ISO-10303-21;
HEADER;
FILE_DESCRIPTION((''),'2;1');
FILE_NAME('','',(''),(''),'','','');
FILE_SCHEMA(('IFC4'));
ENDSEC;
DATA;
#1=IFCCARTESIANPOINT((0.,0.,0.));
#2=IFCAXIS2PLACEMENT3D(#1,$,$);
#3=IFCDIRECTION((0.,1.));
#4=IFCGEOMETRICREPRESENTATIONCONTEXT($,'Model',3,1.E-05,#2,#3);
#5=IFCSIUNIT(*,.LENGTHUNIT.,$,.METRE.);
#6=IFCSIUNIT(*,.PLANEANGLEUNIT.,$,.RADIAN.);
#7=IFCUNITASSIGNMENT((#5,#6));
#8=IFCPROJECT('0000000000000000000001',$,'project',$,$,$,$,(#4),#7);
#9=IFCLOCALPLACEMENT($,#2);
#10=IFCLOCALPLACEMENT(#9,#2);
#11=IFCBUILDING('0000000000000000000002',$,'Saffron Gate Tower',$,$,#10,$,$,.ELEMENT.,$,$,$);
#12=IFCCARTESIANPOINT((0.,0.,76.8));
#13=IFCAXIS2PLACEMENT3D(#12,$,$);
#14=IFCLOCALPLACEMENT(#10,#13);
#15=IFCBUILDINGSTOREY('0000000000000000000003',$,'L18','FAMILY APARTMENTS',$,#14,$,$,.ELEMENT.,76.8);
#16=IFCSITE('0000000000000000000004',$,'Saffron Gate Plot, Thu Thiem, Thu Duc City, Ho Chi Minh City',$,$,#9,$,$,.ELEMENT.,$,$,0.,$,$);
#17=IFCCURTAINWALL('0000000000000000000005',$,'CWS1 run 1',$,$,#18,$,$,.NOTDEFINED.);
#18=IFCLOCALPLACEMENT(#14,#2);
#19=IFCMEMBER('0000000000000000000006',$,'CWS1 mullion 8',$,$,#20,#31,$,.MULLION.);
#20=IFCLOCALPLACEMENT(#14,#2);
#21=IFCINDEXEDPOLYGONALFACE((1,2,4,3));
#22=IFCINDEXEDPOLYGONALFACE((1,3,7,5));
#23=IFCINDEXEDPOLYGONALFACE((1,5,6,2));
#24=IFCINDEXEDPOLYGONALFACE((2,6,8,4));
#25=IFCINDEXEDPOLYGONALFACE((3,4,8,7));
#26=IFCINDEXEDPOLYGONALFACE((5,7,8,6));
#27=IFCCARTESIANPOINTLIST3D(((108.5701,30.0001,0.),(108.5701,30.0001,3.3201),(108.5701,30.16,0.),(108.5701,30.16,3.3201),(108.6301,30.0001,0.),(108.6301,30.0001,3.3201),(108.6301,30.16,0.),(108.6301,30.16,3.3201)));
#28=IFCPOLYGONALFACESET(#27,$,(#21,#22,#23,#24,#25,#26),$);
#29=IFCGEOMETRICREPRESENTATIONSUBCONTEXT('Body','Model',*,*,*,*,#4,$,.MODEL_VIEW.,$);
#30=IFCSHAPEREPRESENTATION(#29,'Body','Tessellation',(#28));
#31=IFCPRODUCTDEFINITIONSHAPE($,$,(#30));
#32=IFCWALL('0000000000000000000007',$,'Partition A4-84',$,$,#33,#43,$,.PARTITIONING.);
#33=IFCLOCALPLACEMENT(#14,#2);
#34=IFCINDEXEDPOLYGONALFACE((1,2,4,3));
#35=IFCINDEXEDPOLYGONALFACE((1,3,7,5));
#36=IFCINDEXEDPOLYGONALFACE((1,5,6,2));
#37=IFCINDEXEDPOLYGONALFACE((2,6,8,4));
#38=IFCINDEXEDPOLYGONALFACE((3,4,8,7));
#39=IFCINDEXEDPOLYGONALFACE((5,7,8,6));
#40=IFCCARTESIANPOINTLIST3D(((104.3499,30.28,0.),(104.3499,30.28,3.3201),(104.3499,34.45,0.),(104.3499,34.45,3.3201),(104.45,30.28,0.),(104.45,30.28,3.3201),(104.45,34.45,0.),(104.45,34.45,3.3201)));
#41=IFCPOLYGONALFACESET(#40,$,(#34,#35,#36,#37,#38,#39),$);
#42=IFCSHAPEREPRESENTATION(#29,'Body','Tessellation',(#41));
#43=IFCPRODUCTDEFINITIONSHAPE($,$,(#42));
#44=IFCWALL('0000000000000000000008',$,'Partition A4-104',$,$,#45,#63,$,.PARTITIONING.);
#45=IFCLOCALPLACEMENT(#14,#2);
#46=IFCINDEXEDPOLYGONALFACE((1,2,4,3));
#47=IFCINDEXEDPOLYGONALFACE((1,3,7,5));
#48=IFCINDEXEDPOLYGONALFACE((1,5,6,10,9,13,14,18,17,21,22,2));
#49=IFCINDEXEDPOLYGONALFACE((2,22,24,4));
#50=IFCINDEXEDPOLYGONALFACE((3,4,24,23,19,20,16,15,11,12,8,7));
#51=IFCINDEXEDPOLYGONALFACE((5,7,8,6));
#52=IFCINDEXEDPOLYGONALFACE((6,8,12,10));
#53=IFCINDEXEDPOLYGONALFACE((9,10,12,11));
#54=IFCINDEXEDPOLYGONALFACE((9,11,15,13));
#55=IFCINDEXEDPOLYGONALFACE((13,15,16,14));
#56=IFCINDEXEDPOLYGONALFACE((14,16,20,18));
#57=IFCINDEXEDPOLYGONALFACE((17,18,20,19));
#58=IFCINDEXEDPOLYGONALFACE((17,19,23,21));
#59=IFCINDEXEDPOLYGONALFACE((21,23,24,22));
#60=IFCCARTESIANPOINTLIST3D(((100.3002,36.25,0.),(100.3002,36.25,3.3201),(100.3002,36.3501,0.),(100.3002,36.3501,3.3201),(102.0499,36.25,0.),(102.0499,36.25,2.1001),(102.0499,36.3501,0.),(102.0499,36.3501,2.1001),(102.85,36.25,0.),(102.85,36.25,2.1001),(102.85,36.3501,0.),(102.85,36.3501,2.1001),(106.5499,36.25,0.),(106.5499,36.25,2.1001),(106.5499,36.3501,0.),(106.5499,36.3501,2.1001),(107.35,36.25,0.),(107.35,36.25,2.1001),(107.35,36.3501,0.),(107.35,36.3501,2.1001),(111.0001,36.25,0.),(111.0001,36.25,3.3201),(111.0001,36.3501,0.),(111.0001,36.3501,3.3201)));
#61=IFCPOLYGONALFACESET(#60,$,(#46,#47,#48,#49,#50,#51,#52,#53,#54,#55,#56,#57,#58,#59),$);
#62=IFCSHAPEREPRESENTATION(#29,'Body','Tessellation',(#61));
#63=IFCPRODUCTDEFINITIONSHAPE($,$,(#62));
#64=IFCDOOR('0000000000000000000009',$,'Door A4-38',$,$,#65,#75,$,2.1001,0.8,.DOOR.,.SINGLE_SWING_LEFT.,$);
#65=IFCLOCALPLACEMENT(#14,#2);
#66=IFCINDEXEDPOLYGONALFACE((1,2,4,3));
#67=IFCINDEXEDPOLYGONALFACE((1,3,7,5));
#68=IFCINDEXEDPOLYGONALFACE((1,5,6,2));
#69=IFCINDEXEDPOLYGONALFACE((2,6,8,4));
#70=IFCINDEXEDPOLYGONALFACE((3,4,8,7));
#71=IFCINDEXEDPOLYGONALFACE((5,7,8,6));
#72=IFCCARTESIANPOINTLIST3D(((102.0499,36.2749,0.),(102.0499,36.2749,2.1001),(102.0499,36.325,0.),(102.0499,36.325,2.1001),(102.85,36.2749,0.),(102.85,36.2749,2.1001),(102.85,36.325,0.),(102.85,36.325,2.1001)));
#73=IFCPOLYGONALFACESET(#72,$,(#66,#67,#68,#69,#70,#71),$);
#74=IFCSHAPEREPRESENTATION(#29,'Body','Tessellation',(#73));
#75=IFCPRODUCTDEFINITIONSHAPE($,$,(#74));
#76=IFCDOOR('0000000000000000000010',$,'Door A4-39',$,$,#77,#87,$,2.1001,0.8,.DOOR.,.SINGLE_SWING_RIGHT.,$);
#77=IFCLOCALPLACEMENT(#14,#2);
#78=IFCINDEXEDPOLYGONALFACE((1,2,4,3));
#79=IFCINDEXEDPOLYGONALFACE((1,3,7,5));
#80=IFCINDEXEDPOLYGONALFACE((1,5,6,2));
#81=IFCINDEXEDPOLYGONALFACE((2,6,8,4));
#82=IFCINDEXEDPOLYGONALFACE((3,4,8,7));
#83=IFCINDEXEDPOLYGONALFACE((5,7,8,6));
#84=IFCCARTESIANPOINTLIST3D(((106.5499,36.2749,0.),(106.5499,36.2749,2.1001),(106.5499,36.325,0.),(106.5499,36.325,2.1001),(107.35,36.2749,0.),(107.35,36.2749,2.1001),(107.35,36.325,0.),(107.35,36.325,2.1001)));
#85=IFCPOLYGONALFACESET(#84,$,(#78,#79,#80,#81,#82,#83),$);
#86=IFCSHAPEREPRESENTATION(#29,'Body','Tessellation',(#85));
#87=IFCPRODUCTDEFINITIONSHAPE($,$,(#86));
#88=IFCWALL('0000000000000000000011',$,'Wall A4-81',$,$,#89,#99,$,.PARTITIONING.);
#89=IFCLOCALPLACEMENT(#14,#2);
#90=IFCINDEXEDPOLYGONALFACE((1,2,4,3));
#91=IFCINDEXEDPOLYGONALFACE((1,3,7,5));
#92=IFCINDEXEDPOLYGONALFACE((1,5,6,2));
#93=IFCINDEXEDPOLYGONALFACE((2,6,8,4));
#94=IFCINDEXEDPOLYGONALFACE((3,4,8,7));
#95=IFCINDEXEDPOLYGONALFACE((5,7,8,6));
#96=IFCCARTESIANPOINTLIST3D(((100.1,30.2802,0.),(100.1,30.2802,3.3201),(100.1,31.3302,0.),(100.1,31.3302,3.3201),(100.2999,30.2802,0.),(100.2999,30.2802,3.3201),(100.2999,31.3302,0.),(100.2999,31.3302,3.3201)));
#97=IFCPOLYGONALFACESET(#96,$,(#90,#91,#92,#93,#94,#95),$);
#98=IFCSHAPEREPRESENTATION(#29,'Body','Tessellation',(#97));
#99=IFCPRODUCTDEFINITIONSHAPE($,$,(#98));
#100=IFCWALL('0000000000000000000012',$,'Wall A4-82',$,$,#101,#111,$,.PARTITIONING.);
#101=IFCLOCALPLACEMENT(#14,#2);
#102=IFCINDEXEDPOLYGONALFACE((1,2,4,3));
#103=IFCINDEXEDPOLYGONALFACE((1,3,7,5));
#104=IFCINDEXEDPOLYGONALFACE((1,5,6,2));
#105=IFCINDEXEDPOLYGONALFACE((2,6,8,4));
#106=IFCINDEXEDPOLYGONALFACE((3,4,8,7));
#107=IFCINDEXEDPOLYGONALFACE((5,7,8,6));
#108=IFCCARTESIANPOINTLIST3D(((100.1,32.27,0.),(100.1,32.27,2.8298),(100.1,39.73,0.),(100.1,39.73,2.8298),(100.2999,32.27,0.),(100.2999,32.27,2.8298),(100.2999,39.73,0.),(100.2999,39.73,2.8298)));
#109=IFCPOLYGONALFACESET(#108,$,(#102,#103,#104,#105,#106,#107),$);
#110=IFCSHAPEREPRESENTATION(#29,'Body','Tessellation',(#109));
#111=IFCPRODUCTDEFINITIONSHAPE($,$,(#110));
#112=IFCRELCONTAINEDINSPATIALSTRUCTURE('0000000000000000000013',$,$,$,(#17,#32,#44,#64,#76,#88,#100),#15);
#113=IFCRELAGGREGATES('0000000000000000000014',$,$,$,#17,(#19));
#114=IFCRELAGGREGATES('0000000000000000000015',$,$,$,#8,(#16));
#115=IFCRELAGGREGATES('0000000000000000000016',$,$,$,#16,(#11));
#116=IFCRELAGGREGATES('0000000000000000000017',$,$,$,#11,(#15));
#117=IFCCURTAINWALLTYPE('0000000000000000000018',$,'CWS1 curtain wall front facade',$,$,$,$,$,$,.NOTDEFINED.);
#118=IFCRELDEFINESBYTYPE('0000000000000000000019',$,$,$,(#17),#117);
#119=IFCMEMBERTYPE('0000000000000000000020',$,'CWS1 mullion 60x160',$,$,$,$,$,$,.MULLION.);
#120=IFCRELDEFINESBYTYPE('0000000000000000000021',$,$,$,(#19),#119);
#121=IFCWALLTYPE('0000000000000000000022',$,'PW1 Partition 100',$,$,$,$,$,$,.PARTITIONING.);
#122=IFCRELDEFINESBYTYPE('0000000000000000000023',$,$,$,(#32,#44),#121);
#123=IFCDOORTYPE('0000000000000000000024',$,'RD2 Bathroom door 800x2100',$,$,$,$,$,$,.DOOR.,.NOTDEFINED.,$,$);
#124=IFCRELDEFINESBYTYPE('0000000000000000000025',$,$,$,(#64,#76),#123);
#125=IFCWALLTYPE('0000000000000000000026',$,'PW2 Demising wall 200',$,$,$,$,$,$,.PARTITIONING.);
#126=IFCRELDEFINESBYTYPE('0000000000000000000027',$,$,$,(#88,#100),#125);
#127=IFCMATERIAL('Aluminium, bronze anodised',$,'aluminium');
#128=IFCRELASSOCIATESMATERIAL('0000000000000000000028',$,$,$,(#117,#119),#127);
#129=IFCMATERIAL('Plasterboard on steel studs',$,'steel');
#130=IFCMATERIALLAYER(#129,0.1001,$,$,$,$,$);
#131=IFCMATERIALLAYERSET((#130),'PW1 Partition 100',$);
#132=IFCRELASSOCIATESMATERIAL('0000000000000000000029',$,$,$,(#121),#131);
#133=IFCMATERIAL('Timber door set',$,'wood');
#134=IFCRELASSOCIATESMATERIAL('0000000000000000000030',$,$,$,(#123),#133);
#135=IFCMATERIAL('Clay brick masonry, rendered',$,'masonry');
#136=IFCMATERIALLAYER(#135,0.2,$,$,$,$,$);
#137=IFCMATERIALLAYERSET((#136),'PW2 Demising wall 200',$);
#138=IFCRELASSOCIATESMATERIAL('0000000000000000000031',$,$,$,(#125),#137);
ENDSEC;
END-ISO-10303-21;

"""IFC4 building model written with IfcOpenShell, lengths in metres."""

from ifc_helpers import new_model, si_unit, direction, frame, frame_2d, origin, origin_2d, place, context, subcontext, project, spatial, rectangle, extrude, material, layer, layer_set, material_profile, profile_set, type_object, element, fill, aggregate, save


model = new_model("IFC4")

# Units and contexts
model_context = context("Model", 3, precision=1e-05, world=origin(), true_north=direction((0.0, 1.0)))
body_context = subcontext(model_context, "Body", "Model", "MODEL_VIEW")
ifc_project = project(units=[si_unit("LENGTHUNIT", "METRE"), si_unit("PLANEANGLEUNIT", "RADIAN")], contexts=[model_context])

# Site, building, storey
site_placement = place(None, origin())
site = spatial("IfcSite", under=ifc_project, at=site_placement, Name="Saffron Gate Plot, Thu Thiem, Thu Duc City, Ho Chi Minh City", CompositionType="ELEMENT", RefElevation=0.0)
building_placement = place(site_placement, origin())
building = spatial("IfcBuilding", under=site, at=building_placement, Name="Saffron Gate Tower", CompositionType="ELEMENT")
storey_placement = place(building_placement, frame((0.0, 0.0, 76.8)))
storey = spatial("IfcBuildingStorey", under=building, at=storey_placement, Name="L18", Description="FAMILY APARTMENTS", CompositionType="ELEMENT", Elevation=76.8)

# Curtain wall, member
ifc_material_1 = material(Name="Aluminium, bronze anodised", Category="aluminium")
curtain_wall_type = type_object("IfcCurtainWallType", Name="CWS1 curtain wall front facade", PredefinedType="NOTDEFINED", material=ifc_material_1)
curtain_wall_placement = place(storey_placement, origin())
curtain_wall = element("IfcCurtainWall", 1, at=curtain_wall_placement, inside=storey, type_object=curtain_wall_type, Name="CWS1 run 1", PredefinedType="NOTDEFINED")
ifc_material_profile_1 = material_profile(ifc_material_1, rectangle(XDim=0.1599, YDim=0.0601, at=origin_2d()))
ifc_profile_set_1 = profile_set([ifc_material_profile_1], Name="Aluminium, bronze anodised")
member_type = type_object("IfcMemberType", Name="CWS1 mullion 60x160", PredefinedType="MULLION", material=ifc_profile_set_1)
member_placement = place(storey_placement, frame((108.6001, 30.0801, 0.0), z_axis=(0.0, 0.0, 1.0), x_axis=(0.0, 1.0, 0.0)))
member = element("IfcMember", 2, at=member_placement, type_object=member_type, Name="CWS1 mullion 8", PredefinedType="MULLION", context=body_context, shape_type="SweptSolid", body=[
    extrude(rectangle(XDim=0.1599, YDim=0.0601, at=origin_2d()), origin(), (0.0, 0.0, 1.0), 3.3201),
])
aggregate(curtain_wall, [member])

# Wall
ifc_material_2 = material(Name="Plasterboard on steel studs", Category="steel")
ifc_layer_1 = layer(ifc_material_2, 0.1001)
ifc_layer_set_1 = layer_set([ifc_layer_1], Name="PW1 Partition 100")
wall_type_1 = type_object("IfcWallType", Name="PW1 Partition 100", PredefinedType="PARTITIONING", material=ifc_layer_set_1)
wall_1_placement = place(storey_placement, frame((104.3999, 34.45, 0.0), z_axis=(0.0, 0.0, 1.0), x_axis=(0.0, -1.0, 0.0)))
element("IfcWall", 3, at=wall_1_placement, inside=storey, type_object=wall_type_1, Name="Partition A4-84", PredefinedType="PARTITIONING", context=body_context, shape_type="SweptSolid", body=[
    extrude(rectangle(XDim=4.1699, YDim=0.1001, at=frame_2d((2.085, 0.0))), origin(), (0.0, 0.0, 1.0), 3.3201),
])

# Wall, openings, doors
wall_2_placement = place(storey_placement, frame((100.3, 36.3, 0.0), z_axis=(0.0, 0.0, 1.0), x_axis=(1.0, 0.0, 0.0)))
wall_2 = element("IfcWall", 4, at=wall_2_placement, inside=storey, type_object=wall_type_1, Name="Partition A4-104", PredefinedType="PARTITIONING", context=body_context, shape_type="SweptSolid", body=[
    extrude(rectangle(XDim=10.7, YDim=0.1001, at=frame_2d((5.3501, 0.0))), origin(), (0.0, 0.0, 1.0), 3.3201),
])
opening_1_placement = place(wall_2_placement, frame((1.75, 0.0, 0.0)))
opening_1 = element("IfcOpeningElement", 5, at=opening_1_placement, cuts=wall_2, PredefinedType="OPENING", context=body_context, shape_type="SweptSolid", body=[
    extrude(rectangle(XDim=0.8, YDim=2.1001, at=frame_2d((0.3999, 1.05))), frame((0.0, 0.0601, 0.0), z_axis=(0.0, -1.0, 0.0), x_axis=(1.0, 0.0, 0.0)), (0.0, 0.0, 1.0), 0.1201),
])
opening_2_placement = place(wall_2_placement, frame((6.25, 0.0, 0.0)))
opening_2 = element("IfcOpeningElement", 6, at=opening_2_placement, cuts=wall_2, PredefinedType="OPENING", context=body_context, shape_type="SweptSolid", body=[
    extrude(rectangle(XDim=0.8, YDim=2.1001, at=frame_2d((0.3999, 1.05))), frame((0.0, 0.0601, 0.0), z_axis=(0.0, -1.0, 0.0), x_axis=(1.0, 0.0, 0.0)), (0.0, 0.0, 1.0), 0.1201),
])
ifc_material_3 = material(Name="Timber door set", Category="wood")
door_type = type_object("IfcDoorType", Name="RD2 Bathroom door 800x2100", OperationType="NOTDEFINED", PredefinedType="DOOR", material=ifc_material_3)
door_1_placement = place(opening_1_placement, origin())
door_1 = element("IfcDoor", 7, at=door_1_placement, inside=storey, type_object=door_type, Name="Door A4-38", OperationType="SINGLE_SWING_LEFT", OverallHeight=2.1001, OverallWidth=0.8, PredefinedType="DOOR", context=body_context, shape_type="SweptSolid", body=[
    extrude(rectangle(XDim=0.8, YDim=2.1001, at=frame_2d((0.3999, 1.05))), frame((0.0, 0.0249, 0.0), z_axis=(0.0, -1.0, 0.0), x_axis=(1.0, 0.0, 0.0)), (0.0, 0.0, 1.0), 0.05),
])
fill(opening_1, door_1)
door_2_placement = place(opening_2_placement, origin())
door_2 = element("IfcDoor", 8, at=door_2_placement, inside=storey, type_object=door_type, Name="Door A4-39", OperationType="SINGLE_SWING_RIGHT", OverallHeight=2.1001, OverallWidth=0.8, PredefinedType="DOOR", context=body_context, shape_type="SweptSolid", body=[
    extrude(rectangle(XDim=0.8, YDim=2.1001, at=frame_2d((0.3999, 1.05))), frame((0.0, 0.0249, 0.0), z_axis=(0.0, -1.0, 0.0), x_axis=(1.0, 0.0, 0.0)), (0.0, 0.0, 1.0), 0.05),
])
fill(opening_2, door_2)

# Walls
ifc_material_4 = material(Name="Clay brick masonry, rendered", Category="masonry")
ifc_layer_2 = layer(ifc_material_4, 0.2)
ifc_layer_set_2 = layer_set([ifc_layer_2], Name="PW2 Demising wall 200")
wall_type_2 = type_object("IfcWallType", Name="PW2 Demising wall 200", PredefinedType="PARTITIONING", material=ifc_layer_set_2)
wall_3_placement = place(storey_placement, frame((100.2, 31.3301, 0.0), z_axis=(0.0, 0.0, 1.0), x_axis=(0.0, -1.0, 0.0)))
element("IfcWall", 9, at=wall_3_placement, inside=storey, type_object=wall_type_2, Name="Wall A4-81", PredefinedType="PARTITIONING", context=body_context, shape_type="SweptSolid", body=[
    extrude(rectangle(XDim=1.05, YDim=0.2, at=frame_2d((0.5249, 0.0))), origin(), (0.0, 0.0, 1.0), 3.3201),
])
wall_4_placement = place(storey_placement, frame((100.2, 39.73, 0.0), z_axis=(0.0, 0.0, 1.0), x_axis=(0.0, -1.0, 0.0)))
element("IfcWall", 10, at=wall_4_placement, inside=storey, type_object=wall_type_2, Name="Wall A4-82", PredefinedType="PARTITIONING", context=body_context, shape_type="SweptSolid", body=[
    extrude(rectangle(XDim=7.46, YDim=0.2, at=frame_2d((3.73, 0.0))), origin(), (0.0, 0.0, 1.0), 2.8298),
])

save(model, "model.ifc")
